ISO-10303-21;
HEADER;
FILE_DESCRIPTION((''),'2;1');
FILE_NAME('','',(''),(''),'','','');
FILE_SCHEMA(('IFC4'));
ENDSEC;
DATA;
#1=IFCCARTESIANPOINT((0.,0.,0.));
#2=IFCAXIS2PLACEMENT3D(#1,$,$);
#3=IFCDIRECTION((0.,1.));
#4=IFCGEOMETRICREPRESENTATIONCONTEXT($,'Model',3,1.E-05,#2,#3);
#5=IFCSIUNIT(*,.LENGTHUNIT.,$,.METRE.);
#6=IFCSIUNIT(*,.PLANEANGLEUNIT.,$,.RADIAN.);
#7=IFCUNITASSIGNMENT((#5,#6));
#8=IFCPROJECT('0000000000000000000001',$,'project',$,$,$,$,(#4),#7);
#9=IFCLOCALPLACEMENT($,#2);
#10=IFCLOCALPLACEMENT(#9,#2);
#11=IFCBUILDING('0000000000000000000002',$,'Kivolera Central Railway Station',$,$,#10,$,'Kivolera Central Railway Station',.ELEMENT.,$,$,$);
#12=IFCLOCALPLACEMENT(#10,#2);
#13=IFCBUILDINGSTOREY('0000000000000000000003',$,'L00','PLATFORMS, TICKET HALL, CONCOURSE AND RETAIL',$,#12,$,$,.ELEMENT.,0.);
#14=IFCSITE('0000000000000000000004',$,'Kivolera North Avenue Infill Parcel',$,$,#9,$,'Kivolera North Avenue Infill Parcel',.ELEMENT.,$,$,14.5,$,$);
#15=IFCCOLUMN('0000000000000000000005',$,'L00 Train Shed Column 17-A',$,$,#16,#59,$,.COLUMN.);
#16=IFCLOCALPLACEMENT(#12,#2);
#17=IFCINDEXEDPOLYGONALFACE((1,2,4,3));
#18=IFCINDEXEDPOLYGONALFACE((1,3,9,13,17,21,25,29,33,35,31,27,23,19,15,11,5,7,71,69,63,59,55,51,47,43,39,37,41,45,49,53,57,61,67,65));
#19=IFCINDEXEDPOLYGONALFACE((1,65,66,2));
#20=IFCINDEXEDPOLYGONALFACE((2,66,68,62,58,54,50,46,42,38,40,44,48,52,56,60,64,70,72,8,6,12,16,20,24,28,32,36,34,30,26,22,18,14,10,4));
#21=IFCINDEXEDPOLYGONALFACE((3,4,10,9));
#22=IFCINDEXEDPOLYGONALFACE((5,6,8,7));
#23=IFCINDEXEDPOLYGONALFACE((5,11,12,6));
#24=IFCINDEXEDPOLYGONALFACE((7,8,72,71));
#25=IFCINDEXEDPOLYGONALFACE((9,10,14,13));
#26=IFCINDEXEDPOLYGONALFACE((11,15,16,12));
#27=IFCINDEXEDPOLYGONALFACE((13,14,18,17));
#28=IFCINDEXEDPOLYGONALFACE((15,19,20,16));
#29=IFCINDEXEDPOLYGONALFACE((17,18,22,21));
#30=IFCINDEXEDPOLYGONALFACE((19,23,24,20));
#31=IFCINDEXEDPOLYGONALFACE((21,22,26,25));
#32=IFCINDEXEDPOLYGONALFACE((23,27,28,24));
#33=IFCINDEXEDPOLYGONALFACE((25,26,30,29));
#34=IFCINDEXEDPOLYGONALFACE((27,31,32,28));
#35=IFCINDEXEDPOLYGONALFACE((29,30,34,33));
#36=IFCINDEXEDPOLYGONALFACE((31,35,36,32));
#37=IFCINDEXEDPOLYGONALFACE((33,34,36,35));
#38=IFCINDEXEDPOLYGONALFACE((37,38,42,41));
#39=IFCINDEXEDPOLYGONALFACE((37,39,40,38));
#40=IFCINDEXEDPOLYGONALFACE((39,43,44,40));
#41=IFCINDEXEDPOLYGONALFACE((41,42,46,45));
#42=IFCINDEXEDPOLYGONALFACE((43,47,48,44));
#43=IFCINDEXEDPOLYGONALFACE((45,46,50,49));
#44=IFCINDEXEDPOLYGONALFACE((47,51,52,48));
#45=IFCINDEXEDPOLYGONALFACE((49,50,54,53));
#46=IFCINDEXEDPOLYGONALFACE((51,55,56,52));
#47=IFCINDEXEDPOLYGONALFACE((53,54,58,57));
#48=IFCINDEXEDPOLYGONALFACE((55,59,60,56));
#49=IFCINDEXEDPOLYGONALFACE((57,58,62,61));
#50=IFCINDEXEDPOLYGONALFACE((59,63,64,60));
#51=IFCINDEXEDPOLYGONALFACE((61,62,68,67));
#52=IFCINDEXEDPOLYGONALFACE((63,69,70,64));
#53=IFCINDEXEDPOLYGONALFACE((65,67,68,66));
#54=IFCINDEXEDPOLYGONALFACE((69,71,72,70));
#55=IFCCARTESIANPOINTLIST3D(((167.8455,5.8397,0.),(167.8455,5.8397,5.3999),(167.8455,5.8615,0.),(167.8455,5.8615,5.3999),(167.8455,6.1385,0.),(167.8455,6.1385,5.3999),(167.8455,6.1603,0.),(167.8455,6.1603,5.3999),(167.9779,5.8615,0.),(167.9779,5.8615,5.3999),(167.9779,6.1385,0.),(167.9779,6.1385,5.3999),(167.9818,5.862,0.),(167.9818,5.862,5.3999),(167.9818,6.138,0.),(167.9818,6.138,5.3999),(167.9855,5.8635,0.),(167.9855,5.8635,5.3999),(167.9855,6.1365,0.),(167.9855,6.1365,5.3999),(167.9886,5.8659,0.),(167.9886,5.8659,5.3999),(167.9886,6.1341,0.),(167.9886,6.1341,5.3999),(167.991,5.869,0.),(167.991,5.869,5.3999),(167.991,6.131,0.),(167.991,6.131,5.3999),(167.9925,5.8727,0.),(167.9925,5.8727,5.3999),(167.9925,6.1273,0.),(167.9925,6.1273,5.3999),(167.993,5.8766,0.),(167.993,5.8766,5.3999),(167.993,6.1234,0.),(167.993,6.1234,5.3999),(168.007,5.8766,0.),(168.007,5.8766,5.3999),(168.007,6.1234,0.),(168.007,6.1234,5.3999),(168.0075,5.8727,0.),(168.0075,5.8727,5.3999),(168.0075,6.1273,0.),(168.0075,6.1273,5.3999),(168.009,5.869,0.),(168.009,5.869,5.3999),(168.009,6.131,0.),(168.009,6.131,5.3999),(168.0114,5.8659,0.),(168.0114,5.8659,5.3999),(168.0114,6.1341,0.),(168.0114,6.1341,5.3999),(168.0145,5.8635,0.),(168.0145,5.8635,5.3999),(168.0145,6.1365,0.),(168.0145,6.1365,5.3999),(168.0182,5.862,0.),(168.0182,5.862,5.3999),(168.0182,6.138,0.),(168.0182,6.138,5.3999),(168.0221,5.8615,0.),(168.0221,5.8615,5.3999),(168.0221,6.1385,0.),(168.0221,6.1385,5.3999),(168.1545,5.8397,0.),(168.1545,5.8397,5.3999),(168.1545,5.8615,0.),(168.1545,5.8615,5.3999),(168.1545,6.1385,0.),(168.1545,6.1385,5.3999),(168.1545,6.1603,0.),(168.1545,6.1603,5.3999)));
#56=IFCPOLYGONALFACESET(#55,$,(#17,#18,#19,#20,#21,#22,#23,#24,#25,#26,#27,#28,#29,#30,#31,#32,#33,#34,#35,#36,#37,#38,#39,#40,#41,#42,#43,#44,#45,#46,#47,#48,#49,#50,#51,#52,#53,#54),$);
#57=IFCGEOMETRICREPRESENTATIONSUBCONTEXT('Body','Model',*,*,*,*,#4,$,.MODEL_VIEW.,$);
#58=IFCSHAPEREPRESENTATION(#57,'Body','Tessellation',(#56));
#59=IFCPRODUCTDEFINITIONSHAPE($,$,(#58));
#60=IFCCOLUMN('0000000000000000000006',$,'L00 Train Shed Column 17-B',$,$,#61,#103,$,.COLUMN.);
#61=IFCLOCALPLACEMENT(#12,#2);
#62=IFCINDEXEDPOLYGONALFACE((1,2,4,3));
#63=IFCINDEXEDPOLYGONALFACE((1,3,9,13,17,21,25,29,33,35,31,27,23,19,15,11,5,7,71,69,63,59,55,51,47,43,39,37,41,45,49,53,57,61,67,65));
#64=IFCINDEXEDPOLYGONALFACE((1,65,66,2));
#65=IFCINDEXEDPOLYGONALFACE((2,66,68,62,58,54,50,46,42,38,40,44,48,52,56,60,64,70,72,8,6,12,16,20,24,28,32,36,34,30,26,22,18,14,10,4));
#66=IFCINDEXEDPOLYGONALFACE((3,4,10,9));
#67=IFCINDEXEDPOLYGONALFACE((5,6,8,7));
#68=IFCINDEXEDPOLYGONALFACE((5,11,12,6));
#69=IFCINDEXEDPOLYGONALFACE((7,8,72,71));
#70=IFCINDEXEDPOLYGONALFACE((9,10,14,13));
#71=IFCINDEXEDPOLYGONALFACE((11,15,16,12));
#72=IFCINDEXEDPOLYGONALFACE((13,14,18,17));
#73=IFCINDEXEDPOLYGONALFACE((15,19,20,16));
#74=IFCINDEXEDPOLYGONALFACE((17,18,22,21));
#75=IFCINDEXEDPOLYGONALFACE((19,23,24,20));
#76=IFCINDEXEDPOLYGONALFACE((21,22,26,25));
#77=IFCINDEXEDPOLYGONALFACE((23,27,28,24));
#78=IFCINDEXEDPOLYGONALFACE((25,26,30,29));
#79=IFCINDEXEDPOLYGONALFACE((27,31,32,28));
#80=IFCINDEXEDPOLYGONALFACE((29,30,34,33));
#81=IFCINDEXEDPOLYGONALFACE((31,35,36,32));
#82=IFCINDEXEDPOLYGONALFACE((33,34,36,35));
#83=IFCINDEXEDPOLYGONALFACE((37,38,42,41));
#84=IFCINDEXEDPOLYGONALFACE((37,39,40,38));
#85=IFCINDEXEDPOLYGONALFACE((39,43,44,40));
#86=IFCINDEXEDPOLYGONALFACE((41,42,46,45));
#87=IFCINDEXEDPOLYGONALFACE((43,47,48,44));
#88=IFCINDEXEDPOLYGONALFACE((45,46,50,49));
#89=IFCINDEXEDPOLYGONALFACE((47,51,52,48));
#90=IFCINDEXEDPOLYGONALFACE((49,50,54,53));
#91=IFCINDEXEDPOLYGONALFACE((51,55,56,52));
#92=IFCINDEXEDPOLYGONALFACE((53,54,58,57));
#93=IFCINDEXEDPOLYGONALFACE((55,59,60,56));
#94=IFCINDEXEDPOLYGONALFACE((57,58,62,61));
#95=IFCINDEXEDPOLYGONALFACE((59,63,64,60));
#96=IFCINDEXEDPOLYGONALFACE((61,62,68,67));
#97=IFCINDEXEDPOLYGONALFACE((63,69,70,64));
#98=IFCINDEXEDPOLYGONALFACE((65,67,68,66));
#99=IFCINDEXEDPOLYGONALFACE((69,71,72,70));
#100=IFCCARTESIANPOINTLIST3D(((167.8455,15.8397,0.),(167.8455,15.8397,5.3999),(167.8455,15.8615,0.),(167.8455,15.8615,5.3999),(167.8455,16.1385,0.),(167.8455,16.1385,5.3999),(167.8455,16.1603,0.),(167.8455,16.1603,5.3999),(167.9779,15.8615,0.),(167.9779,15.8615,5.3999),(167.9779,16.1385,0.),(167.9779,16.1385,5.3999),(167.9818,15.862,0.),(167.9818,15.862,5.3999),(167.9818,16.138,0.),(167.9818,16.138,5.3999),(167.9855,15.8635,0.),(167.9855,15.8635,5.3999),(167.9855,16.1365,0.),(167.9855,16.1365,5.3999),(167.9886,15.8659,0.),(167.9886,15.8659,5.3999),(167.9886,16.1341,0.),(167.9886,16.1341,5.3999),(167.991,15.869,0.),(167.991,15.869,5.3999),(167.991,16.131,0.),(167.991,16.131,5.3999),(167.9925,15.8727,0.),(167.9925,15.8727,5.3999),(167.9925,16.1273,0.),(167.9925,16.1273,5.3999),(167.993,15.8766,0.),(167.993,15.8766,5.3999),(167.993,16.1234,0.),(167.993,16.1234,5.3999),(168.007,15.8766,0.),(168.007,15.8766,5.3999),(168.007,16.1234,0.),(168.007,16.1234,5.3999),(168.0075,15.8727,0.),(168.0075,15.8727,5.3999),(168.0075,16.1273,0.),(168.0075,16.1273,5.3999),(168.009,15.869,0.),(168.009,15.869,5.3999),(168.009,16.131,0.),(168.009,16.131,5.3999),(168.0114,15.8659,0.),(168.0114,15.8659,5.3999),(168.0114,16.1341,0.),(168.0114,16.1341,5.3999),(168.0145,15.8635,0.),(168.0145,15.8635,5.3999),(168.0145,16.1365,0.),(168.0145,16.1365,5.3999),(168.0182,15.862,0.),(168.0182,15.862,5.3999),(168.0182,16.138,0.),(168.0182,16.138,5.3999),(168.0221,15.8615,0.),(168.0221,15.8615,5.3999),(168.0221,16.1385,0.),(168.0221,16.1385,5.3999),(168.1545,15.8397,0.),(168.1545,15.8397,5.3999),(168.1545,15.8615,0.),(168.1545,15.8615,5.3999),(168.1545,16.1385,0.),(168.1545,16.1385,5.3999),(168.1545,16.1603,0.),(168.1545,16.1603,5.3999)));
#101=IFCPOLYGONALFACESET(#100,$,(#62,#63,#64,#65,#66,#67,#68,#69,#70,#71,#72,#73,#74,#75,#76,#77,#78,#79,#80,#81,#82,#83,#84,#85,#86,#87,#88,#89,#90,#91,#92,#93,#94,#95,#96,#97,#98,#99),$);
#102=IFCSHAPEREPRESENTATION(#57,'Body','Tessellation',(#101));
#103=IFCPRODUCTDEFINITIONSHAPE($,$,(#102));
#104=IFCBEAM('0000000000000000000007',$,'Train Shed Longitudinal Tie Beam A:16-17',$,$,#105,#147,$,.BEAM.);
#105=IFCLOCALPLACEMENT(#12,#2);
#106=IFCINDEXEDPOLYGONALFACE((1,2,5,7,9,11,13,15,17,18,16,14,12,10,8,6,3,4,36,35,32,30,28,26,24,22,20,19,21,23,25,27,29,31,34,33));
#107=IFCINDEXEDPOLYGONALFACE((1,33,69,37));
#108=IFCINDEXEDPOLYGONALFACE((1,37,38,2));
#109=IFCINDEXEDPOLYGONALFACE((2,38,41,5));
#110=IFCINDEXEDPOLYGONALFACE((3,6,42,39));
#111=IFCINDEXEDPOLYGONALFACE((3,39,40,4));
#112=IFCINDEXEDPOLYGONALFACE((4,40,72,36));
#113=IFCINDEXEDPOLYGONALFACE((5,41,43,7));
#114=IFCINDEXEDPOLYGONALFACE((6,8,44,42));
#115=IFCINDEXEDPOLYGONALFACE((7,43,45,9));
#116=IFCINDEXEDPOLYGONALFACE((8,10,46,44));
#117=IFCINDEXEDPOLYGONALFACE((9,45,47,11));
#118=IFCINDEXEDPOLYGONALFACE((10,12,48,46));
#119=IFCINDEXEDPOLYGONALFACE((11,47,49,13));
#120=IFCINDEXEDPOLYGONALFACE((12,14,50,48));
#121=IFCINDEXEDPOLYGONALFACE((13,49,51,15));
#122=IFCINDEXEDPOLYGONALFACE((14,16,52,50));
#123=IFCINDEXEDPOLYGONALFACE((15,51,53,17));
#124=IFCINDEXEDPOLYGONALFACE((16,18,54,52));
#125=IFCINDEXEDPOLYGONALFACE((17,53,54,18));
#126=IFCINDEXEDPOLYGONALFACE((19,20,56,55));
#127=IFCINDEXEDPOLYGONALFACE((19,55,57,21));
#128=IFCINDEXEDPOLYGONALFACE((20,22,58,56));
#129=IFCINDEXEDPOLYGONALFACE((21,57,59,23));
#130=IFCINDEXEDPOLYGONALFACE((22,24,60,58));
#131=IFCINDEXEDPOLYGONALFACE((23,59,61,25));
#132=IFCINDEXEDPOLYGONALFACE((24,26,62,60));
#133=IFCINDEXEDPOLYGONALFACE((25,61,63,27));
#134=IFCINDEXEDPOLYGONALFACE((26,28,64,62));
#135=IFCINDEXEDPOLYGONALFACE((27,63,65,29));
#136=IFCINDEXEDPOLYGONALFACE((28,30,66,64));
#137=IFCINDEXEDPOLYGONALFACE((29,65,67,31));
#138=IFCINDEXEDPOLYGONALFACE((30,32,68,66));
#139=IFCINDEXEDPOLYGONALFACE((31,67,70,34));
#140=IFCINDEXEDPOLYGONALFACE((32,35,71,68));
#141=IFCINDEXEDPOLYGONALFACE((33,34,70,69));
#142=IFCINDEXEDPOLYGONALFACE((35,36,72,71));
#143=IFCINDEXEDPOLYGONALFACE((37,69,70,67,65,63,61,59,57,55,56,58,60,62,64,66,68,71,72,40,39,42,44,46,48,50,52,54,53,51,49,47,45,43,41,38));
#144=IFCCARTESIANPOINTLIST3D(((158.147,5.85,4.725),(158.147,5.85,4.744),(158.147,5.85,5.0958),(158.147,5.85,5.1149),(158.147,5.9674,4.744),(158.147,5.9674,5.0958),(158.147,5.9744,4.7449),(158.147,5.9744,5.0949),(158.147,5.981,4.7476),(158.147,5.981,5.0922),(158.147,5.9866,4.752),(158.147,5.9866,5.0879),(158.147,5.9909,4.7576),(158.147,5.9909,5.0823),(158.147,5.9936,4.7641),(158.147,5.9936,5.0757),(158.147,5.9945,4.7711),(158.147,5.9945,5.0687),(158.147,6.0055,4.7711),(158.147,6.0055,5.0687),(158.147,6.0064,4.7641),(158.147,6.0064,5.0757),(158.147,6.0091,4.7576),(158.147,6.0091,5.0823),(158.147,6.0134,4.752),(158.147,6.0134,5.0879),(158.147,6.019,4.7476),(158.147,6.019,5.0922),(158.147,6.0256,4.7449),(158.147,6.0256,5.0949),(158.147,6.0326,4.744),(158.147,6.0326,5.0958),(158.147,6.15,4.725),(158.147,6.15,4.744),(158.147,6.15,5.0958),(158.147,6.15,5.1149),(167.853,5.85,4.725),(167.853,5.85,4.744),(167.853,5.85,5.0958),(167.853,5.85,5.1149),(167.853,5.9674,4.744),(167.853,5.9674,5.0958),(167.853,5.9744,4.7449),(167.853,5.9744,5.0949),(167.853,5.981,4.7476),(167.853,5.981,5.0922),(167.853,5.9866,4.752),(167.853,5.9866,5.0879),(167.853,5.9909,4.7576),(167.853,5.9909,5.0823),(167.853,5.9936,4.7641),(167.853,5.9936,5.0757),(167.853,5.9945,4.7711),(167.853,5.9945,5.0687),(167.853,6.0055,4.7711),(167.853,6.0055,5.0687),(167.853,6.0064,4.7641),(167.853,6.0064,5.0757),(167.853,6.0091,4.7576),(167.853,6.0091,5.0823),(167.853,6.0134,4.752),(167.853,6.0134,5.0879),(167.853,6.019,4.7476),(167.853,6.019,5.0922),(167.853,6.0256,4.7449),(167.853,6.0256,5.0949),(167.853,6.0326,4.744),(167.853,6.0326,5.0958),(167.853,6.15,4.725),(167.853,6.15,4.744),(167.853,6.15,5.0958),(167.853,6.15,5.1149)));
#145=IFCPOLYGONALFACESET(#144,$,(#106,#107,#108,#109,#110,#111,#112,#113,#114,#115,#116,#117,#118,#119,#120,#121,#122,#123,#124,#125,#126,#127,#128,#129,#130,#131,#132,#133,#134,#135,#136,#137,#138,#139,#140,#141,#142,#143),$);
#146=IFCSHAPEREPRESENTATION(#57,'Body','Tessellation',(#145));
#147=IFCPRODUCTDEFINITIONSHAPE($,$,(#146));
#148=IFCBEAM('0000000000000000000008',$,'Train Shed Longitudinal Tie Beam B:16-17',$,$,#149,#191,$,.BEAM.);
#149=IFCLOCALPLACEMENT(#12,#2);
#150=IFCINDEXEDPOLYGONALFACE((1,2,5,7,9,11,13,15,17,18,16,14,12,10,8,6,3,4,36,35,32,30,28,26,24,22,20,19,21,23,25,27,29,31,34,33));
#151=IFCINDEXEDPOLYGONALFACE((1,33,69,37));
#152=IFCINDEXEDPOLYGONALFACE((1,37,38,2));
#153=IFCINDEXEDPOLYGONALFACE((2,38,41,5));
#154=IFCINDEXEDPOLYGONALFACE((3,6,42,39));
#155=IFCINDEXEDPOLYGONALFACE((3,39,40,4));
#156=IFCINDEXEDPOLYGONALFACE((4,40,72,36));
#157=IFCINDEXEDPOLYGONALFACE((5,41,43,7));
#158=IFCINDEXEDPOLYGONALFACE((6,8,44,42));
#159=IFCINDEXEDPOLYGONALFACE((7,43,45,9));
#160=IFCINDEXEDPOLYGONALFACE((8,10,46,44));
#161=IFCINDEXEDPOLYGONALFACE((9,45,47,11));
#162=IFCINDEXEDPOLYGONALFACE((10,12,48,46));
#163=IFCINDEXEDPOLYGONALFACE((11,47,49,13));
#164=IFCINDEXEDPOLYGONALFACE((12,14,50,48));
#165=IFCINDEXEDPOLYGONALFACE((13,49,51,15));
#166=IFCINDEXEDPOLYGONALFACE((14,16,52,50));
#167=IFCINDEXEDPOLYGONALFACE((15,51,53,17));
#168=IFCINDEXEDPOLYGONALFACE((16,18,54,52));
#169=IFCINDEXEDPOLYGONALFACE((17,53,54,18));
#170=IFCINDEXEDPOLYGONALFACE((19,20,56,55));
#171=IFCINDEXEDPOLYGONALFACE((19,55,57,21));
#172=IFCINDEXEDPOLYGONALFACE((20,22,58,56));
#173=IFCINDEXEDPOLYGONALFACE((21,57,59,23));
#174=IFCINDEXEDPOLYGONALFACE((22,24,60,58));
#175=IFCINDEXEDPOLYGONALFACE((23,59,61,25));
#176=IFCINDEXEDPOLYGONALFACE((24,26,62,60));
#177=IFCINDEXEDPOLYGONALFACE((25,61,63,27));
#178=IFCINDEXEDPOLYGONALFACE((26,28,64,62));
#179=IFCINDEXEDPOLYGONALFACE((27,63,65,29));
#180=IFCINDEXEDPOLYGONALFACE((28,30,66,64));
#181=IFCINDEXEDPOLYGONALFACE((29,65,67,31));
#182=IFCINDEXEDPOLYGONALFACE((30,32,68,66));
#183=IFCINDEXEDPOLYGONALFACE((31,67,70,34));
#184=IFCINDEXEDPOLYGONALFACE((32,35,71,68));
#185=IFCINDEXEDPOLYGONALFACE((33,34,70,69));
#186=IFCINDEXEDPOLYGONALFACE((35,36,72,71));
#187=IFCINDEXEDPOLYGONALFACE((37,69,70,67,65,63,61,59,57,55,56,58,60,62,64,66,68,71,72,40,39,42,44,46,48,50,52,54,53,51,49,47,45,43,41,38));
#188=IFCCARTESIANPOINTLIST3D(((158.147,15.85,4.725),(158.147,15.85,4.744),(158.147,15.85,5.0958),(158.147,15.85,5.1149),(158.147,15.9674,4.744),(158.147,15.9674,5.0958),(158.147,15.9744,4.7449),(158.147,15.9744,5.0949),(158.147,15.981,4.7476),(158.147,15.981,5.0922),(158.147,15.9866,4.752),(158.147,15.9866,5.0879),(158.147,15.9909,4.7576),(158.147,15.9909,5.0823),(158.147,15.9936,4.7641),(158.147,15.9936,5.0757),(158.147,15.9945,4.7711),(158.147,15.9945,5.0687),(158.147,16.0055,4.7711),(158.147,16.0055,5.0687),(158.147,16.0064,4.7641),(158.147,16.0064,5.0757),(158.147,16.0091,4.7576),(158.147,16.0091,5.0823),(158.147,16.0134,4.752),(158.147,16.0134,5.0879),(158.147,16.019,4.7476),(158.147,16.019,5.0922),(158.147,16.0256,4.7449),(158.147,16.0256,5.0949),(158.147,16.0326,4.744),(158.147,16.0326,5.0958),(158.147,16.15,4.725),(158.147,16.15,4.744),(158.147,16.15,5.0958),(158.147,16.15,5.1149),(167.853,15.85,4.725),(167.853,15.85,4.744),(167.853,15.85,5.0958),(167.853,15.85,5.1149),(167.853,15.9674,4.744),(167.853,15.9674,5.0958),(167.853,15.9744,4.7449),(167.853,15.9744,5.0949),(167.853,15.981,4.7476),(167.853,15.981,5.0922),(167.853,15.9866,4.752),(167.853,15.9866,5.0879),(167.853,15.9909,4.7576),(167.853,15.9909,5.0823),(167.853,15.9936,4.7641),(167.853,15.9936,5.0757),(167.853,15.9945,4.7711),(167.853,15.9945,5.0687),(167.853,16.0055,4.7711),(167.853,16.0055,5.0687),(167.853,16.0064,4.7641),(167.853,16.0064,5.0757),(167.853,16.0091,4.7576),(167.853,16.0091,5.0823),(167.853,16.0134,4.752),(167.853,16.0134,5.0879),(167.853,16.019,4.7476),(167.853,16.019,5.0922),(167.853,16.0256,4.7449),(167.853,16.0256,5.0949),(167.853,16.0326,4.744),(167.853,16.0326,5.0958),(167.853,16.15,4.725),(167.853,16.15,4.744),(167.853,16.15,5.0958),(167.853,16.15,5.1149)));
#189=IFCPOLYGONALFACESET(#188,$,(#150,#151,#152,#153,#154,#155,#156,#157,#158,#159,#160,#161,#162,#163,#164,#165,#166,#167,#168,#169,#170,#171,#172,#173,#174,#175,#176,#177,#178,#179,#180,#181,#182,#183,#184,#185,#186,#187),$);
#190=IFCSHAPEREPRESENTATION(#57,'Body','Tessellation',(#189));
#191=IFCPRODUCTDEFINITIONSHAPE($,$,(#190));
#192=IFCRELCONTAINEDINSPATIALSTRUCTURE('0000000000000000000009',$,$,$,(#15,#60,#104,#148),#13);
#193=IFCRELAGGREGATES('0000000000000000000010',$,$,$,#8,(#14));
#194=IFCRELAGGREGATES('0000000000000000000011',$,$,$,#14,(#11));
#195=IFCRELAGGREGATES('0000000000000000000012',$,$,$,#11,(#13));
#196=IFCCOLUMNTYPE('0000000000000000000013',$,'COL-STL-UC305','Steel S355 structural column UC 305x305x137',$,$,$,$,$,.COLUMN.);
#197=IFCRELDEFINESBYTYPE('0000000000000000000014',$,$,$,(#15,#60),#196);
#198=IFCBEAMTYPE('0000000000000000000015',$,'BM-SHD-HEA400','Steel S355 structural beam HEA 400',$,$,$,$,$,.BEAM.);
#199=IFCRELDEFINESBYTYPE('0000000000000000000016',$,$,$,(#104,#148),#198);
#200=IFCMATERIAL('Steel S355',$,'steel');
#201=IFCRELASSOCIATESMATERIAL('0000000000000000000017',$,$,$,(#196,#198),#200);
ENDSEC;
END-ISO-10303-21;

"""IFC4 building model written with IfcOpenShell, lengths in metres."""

from ifc_helpers import new_model, si_unit, direction, frame, origin, origin_2d, place, context, subcontext, project, spatial, i_section, extrude, material, material_profile, profile_set, type_object, element, save


model = new_model("IFC4")

# Units and contexts
model_context = context("Model", 3, precision=1e-05, world=origin(), true_north=direction((0.0, 1.0)))
body_context = subcontext(model_context, "Body", "Model", "MODEL_VIEW")
ifc_project = project(units=[si_unit("LENGTHUNIT", "METRE"), si_unit("PLANEANGLEUNIT", "RADIAN")], contexts=[model_context])

# Site, building, storey
site_placement = place(None, origin())
site = spatial("IfcSite", under=ifc_project, at=site_placement, Name="Kivolera North Avenue Infill Parcel", LongName="Kivolera North Avenue Infill Parcel", CompositionType="ELEMENT", RefElevation=14.5)
building_placement = place(site_placement, origin())
building = spatial("IfcBuilding", under=site, at=building_placement, Name="Kivolera Central Railway Station", LongName="Kivolera Central Railway Station", CompositionType="ELEMENT")
storey_placement = place(building_placement, origin())
storey = spatial("IfcBuildingStorey", under=building, at=storey_placement, Name="L00", Description="PLATFORMS, TICKET HALL, CONCOURSE AND RETAIL", CompositionType="ELEMENT", Elevation=0.0)

# Columns
ifc_material_1 = material(Name="Steel S355", Category="steel")
ifc_material_profile_1 = material_profile(ifc_material_1, i_section(OverallWidth=0.3091, OverallDepth=0.3206, WebThickness=0.0139, FlangeThickness=0.0217, FilletRadius=0.0151, at=origin_2d()), Name="UC 305x305x137")
ifc_profile_set_1 = profile_set([ifc_material_profile_1], Name="Steel S355")
column_type = type_object("IfcColumnType", Name="COL-STL-UC305", Description="Steel S355 structural column UC 305x305x137", PredefinedType="COLUMN", material=ifc_profile_set_1)
for number, where, z_axis, x_axis, name in (
    (1, (168.0, 6.0, 0.0), (0.0, 0.0, 1.0), (1.0, 0.0, 0.0), "L00 Train Shed Column 17-A"),
    (2, (168.0, 16.0, 0.0), (0.0, 0.0, 1.0), (1.0, 0.0, 0.0), "L00 Train Shed Column 17-B"),
):
    element("IfcColumn", number, at=place(storey_placement, frame(where, z_axis=z_axis, x_axis=x_axis)), inside=storey, type_object=column_type, Name=name, PredefinedType="COLUMN", context=body_context, shape_type="SweptSolid", body=[
        extrude(i_section(OverallWidth=0.3091, OverallDepth=0.3206, WebThickness=0.0139, FlangeThickness=0.0217, FilletRadius=0.0151, at=origin_2d()), origin(), (0.0, 0.0, 1.0), 5.3999),
    ])

# Beams
ifc_material_profile_2 = material_profile(ifc_material_1, i_section(OverallWidth=0.3, OverallDepth=0.3899, WebThickness=0.011, FlangeThickness=0.019, FilletRadius=0.0271, at=origin_2d()), Name="HEA 400")
ifc_profile_set_2 = profile_set([ifc_material_profile_2], Name="Steel S355")
beam_type = type_object("IfcBeamType", Name="BM-SHD-HEA400", Description="Steel S355 structural beam HEA 400", PredefinedType="BEAM", material=ifc_profile_set_2)
for number, where, z_axis, x_axis, name in (
    (3, (158.147, 6.0, 4.9199), (1.0, 0.0, 0.0), (0.0, 1.0, 0.0), "Train Shed Longitudinal Tie Beam A:16-17"),
    (4, (158.147, 16.0, 4.9199), (1.0, 0.0, 0.0), (0.0, 1.0, 0.0), "Train Shed Longitudinal Tie Beam B:16-17"),
):
    element("IfcBeam", number, at=place(storey_placement, frame(where, z_axis=z_axis, x_axis=x_axis)), inside=storey, type_object=beam_type, Name=name, PredefinedType="BEAM", context=body_context, shape_type="SweptSolid", body=[
        extrude(i_section(OverallWidth=0.3, OverallDepth=0.3899, WebThickness=0.011, FlangeThickness=0.019, FilletRadius=0.0271, at=origin_2d()), origin(), (0.0, 0.0, 1.0), 9.7061),
    ])

save(model, "model.ifc")
